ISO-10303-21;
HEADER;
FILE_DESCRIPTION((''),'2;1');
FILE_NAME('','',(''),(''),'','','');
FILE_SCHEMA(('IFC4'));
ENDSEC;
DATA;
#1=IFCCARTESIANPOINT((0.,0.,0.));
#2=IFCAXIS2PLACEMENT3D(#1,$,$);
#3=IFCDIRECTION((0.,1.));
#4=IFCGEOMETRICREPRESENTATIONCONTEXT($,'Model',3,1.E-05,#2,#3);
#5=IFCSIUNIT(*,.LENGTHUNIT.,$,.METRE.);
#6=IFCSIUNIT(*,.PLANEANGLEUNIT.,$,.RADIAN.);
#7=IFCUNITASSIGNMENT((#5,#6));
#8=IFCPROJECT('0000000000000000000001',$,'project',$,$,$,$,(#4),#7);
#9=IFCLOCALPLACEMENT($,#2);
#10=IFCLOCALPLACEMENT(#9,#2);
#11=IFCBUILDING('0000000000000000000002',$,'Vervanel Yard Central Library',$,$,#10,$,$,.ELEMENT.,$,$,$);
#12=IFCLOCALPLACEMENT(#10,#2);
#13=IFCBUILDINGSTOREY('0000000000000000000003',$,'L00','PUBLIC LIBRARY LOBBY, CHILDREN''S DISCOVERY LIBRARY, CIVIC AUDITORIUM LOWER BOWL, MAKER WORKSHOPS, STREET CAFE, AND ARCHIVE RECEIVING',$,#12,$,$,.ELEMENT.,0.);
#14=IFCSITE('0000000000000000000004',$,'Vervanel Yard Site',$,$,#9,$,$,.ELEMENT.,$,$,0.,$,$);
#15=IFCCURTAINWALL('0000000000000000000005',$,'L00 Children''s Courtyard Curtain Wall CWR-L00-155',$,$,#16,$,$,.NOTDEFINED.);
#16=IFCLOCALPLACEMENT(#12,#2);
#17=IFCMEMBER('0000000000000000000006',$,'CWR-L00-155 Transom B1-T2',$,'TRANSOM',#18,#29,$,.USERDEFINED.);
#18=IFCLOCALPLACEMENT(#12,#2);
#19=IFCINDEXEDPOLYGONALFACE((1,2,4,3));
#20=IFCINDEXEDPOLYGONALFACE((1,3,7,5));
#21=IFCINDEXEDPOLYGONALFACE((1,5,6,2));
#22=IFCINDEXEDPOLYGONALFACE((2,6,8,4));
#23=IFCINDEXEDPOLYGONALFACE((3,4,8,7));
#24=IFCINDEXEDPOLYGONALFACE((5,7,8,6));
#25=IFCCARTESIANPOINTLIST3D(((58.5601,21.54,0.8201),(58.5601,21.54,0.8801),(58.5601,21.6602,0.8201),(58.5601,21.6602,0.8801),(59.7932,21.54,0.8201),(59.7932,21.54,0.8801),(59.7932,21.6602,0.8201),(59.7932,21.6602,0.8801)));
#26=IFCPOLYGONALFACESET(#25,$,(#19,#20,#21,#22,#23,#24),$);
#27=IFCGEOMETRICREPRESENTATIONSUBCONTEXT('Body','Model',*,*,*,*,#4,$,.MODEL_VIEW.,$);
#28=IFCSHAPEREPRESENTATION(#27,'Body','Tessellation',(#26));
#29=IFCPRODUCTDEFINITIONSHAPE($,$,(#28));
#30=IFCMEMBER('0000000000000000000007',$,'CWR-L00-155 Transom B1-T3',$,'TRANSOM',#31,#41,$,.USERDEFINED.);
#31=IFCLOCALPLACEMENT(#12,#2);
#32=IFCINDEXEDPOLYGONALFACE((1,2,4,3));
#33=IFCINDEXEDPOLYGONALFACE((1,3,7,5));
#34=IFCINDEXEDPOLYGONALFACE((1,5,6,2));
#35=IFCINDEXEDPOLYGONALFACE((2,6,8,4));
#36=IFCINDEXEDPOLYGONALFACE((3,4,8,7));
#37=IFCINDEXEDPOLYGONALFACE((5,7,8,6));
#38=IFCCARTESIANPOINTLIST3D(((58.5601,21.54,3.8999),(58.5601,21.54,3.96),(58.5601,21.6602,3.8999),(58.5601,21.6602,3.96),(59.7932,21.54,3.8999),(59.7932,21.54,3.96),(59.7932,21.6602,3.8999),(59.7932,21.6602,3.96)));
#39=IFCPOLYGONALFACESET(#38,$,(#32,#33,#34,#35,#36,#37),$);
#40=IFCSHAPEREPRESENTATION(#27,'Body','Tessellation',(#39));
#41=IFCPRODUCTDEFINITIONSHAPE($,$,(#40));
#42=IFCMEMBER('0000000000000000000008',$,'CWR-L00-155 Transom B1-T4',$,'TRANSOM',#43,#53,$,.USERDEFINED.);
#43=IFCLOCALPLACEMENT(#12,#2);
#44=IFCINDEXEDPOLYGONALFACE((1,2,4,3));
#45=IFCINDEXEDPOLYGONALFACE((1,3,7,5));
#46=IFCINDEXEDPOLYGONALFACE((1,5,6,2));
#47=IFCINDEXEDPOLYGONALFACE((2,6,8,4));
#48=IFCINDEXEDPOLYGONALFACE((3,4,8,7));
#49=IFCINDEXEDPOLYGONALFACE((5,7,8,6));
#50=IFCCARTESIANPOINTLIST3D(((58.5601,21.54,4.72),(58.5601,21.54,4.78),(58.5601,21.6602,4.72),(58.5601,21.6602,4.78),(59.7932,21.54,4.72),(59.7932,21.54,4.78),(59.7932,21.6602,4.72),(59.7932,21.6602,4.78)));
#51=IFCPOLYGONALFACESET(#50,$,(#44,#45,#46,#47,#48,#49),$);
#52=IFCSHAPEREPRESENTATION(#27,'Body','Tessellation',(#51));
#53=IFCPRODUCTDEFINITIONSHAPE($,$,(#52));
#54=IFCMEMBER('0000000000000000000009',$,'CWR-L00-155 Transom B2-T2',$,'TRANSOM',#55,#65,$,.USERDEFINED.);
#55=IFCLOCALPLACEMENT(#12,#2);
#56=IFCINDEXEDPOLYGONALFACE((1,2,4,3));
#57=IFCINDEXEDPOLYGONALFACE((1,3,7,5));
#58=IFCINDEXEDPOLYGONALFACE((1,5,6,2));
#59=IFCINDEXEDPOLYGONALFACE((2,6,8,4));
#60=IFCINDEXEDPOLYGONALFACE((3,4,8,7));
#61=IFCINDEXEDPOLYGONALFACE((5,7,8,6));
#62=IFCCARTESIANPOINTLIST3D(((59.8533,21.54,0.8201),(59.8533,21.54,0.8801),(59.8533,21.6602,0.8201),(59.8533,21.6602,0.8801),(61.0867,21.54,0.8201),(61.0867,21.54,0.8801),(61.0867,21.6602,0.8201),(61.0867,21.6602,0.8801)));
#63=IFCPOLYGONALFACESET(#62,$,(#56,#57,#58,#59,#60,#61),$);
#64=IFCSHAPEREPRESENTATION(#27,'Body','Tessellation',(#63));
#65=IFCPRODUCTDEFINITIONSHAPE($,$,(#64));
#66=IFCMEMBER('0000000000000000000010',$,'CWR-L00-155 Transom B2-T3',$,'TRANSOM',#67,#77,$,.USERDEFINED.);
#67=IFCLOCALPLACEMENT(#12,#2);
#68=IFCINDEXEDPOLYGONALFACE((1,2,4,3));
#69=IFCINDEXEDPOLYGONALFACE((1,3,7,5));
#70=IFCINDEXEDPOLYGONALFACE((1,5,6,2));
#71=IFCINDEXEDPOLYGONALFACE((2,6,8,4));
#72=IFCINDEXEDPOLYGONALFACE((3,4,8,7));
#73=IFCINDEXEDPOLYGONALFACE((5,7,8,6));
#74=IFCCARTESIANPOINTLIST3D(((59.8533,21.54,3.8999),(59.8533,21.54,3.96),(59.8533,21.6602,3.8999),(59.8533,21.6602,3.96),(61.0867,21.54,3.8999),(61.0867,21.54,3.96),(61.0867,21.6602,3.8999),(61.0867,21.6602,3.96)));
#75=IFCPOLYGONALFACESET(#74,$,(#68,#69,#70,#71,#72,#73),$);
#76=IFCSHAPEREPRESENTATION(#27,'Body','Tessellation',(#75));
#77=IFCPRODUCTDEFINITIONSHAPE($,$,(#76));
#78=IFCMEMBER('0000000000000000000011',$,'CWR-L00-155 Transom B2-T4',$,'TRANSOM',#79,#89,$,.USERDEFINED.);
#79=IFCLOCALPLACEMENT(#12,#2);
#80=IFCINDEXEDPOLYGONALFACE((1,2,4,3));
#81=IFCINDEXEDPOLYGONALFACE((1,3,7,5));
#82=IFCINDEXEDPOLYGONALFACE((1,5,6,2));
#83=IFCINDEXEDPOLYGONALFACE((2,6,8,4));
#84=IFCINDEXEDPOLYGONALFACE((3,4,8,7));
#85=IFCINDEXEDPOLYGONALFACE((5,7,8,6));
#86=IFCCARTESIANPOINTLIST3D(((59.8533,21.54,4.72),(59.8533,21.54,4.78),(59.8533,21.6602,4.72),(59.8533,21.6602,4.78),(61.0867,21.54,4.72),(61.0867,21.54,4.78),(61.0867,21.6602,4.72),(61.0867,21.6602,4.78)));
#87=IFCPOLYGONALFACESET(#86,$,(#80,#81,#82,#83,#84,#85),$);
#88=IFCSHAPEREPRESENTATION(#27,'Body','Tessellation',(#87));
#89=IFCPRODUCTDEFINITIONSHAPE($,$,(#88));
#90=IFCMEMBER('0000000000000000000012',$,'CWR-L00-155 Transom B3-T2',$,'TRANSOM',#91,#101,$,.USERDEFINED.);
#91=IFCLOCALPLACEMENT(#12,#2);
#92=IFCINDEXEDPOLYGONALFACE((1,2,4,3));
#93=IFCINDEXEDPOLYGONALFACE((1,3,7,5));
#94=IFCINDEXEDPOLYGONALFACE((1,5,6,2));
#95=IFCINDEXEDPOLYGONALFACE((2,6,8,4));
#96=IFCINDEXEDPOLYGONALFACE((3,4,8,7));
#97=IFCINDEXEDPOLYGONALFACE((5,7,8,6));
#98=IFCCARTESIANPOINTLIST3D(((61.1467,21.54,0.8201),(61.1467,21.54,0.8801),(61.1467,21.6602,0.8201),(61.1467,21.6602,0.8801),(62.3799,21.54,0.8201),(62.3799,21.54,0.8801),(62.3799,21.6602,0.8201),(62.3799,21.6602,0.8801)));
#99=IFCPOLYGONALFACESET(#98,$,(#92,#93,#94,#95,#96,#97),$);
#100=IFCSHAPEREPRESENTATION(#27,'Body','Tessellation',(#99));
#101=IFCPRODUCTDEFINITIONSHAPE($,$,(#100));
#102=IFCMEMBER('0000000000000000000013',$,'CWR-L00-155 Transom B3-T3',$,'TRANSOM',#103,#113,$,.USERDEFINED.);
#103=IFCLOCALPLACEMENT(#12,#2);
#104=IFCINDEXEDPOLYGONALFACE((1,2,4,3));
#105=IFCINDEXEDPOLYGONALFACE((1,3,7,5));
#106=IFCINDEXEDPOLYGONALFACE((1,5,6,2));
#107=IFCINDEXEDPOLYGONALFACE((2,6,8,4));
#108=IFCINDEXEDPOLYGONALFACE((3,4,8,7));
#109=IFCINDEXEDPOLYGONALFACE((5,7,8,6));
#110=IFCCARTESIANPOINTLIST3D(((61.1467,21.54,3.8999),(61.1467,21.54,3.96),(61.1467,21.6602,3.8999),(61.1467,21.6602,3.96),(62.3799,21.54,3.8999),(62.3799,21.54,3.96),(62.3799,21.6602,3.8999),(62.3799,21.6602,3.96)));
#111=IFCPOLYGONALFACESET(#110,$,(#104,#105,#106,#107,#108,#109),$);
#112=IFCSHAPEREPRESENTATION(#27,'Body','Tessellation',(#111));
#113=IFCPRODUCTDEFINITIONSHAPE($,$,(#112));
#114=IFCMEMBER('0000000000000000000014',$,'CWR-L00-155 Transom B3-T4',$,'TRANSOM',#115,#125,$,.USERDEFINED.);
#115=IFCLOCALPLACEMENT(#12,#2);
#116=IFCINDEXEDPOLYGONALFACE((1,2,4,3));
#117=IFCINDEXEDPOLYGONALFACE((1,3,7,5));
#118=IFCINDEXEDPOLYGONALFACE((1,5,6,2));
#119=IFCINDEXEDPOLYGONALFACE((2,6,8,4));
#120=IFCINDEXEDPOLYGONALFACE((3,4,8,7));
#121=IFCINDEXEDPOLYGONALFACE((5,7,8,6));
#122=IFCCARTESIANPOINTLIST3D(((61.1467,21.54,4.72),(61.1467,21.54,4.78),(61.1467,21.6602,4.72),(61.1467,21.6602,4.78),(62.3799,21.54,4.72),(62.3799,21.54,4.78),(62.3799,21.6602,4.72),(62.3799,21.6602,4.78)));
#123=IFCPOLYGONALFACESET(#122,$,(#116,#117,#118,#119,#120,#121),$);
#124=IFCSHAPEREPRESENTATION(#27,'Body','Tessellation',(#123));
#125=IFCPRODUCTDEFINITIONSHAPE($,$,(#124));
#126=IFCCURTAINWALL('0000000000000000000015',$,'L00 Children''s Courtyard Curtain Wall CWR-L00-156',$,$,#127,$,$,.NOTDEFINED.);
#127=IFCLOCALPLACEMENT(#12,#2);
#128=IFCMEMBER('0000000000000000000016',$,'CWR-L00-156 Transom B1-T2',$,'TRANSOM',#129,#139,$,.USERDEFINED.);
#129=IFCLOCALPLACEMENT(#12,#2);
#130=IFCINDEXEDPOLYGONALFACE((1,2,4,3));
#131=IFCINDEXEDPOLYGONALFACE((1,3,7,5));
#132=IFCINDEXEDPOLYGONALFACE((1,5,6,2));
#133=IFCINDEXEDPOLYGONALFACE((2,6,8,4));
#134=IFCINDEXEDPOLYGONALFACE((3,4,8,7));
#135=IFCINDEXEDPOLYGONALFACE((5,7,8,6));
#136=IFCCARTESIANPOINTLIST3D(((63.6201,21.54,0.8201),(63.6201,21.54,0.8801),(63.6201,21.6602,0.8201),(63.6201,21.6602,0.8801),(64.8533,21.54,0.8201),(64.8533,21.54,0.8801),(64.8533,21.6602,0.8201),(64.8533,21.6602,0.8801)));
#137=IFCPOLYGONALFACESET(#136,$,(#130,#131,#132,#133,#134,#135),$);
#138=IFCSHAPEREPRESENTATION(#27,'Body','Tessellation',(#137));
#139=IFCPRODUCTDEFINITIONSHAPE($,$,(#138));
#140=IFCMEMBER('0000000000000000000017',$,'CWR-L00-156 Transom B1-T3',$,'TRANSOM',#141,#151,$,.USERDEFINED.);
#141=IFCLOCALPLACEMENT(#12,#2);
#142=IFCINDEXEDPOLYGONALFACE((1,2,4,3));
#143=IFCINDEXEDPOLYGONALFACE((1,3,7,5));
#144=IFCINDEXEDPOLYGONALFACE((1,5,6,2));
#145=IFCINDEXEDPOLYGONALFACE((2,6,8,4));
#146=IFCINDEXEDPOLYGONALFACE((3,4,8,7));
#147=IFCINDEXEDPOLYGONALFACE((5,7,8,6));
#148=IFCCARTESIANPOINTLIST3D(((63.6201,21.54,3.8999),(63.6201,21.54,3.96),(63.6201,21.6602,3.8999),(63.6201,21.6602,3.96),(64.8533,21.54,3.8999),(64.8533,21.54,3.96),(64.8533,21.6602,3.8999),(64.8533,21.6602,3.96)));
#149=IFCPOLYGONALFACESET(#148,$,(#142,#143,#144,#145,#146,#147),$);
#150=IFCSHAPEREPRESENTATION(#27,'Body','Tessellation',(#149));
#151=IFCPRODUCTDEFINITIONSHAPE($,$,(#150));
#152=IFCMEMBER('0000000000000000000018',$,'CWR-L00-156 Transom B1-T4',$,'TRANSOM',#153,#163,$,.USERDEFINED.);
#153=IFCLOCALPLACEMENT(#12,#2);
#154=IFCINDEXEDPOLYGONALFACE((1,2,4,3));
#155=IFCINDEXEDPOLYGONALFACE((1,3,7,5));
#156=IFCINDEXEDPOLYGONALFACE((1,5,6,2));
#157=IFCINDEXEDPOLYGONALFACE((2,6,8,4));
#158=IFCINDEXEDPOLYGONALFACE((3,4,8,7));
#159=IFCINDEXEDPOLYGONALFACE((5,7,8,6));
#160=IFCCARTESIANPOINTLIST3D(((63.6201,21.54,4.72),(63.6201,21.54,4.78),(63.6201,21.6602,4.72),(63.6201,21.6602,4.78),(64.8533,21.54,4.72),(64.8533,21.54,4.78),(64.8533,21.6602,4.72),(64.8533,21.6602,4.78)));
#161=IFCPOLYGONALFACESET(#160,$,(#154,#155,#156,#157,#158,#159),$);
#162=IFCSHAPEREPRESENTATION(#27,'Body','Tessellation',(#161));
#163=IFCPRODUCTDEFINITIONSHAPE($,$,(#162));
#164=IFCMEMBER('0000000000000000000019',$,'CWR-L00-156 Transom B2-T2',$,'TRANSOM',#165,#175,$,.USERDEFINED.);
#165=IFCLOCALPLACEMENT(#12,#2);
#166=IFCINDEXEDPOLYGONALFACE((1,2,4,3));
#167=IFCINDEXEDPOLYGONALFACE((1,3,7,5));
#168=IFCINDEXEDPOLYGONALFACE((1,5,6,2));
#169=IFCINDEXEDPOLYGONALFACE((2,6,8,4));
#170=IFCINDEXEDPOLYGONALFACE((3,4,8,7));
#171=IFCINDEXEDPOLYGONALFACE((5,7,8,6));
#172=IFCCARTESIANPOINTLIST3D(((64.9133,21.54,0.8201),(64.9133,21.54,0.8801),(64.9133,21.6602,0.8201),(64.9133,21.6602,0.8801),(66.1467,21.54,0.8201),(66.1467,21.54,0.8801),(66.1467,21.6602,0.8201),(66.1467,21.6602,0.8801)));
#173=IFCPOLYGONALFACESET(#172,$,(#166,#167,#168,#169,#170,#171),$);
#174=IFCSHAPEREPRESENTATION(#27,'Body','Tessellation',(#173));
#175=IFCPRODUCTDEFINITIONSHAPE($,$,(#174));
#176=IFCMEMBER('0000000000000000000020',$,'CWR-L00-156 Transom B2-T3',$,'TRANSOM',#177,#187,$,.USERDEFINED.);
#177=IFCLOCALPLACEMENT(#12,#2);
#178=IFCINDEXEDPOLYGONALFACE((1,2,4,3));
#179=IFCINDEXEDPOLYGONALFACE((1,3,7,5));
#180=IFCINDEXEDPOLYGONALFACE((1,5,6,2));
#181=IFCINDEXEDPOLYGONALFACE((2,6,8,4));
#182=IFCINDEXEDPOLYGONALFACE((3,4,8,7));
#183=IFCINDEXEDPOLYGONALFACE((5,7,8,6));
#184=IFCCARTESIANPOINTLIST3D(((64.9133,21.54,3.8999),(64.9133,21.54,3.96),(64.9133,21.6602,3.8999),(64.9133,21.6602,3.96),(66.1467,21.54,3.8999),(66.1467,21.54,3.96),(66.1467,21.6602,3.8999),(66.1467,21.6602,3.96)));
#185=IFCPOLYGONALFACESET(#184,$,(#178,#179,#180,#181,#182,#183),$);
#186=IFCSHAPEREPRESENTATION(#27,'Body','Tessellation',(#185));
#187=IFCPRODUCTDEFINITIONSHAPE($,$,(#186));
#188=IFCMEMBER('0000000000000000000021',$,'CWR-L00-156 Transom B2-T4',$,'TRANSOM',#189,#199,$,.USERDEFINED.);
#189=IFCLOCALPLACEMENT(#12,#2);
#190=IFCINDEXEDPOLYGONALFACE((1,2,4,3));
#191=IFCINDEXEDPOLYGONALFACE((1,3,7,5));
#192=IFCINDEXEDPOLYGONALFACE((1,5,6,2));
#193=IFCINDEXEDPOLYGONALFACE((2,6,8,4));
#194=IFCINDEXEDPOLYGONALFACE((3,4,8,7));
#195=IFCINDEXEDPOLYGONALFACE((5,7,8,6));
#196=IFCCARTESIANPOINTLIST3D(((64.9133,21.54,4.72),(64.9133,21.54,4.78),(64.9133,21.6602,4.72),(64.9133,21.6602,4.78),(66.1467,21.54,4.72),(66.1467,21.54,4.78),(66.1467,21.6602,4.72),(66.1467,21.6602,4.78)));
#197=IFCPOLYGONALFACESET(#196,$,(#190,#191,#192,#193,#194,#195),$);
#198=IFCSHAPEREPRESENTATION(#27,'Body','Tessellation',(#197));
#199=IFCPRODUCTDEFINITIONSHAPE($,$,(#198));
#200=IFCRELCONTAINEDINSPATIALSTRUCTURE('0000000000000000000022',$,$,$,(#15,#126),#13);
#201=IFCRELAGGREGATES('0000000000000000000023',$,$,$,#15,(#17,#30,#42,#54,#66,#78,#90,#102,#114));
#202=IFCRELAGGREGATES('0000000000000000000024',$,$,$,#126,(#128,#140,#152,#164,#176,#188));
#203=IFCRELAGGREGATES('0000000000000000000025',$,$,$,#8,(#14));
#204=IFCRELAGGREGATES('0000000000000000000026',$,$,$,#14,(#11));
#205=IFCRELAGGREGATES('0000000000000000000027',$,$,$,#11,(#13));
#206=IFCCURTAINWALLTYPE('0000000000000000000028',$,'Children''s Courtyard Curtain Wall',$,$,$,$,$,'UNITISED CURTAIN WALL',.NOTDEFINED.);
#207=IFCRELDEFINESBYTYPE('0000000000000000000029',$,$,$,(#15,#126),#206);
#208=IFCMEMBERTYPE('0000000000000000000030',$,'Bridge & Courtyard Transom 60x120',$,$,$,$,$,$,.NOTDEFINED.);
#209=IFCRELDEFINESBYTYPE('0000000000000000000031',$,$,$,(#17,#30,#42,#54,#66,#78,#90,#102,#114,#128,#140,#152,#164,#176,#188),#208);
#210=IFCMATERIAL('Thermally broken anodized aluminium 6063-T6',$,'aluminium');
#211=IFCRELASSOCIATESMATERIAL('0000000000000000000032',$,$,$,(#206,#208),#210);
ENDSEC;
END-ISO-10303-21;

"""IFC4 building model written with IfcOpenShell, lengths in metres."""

from ifc_helpers import new_model, si_unit, direction, frame, origin, origin_2d, place, context, subcontext, project, spatial, rectangle, extrude, material, material_profile, profile_set, type_object, element, aggregate, save


model = new_model("IFC4")

# Units and contexts
model_context = context("Model", 3, precision=1e-05, world=origin(), true_north=direction((0.0, 1.0)))
body_context = subcontext(model_context, "Body", "Model", "MODEL_VIEW")
ifc_project = project(units=[si_unit("LENGTHUNIT", "METRE"), si_unit("PLANEANGLEUNIT", "RADIAN")], contexts=[model_context])

# Site, building, storey
site_placement = place(None, origin())
site = spatial("IfcSite", under=ifc_project, at=site_placement, Name="Vervanel Yard Site", CompositionType="ELEMENT", RefElevation=0.0)
building_placement = place(site_placement, origin())
building = spatial("IfcBuilding", under=site, at=building_placement, Name="Vervanel Yard Central Library", CompositionType="ELEMENT")
storey_placement = place(building_placement, origin())
storey = spatial("IfcBuildingStorey", under=building, at=storey_placement, Name="L00", Description="PUBLIC LIBRARY LOBBY, CHILDREN'S DISCOVERY LIBRARY, CIVIC AUDITORIUM LOWER BOWL, MAKER WORKSHOPS, STREET CAFE, AND ARCHIVE RECEIVING", CompositionType="ELEMENT", Elevation=0.0)

# Curtain walls, members
ifc_material_1 = material(Name="Thermally broken anodized aluminium 6063-T6", Category="aluminium")
curtain_wall_type = type_object("IfcCurtainWallType", Name="Children's Courtyard Curtain Wall", ElementType="UNITISED CURTAIN WALL", PredefinedType="NOTDEFINED", material=ifc_material_1)
curtain_wall_1_placement = place(storey_placement, origin())
curtain_wall_1 = element("IfcCurtainWall", 1, at=curtain_wall_1_placement, inside=storey, type_object=curtain_wall_type, Name="L00 Children's Courtyard Curtain Wall CWR-L00-155", PredefinedType="NOTDEFINED")
ifc_material_profile = material_profile(ifc_material_1, rectangle(XDim=0.0601, YDim=0.1201, at=origin_2d()), Name="ALU 60x120", Category="aluminium")
ifc_profile_set = profile_set([ifc_material_profile], Name="Thermally broken anodized aluminium 6063-T6")
member_type = type_object("IfcMemberType", Name="Bridge & Courtyard Transom 60x120", PredefinedType="NOTDEFINED", material=ifc_profile_set)
member_1_placement = place(storey_placement, frame((58.5601, 21.6001, 0.8501), z_axis=(1.0, 0.0, 0.0), x_axis=(0.0, 0.0, 1.0)))
member_1 = element("IfcMember", 2, at=member_1_placement, type_object=member_type, Name="CWR-L00-155 Transom B1-T2", ObjectType="TRANSOM", PredefinedType="USERDEFINED", context=body_context, shape_type="SweptSolid", body=[
    extrude(rectangle(XDim=0.0601, YDim=0.1201, at=origin_2d()), origin(), (0.0, 0.0, 1.0), 1.2332),
])
member_2_placement = place(storey_placement, frame((58.5601, 21.6001, 3.9299), z_axis=(1.0, 0.0, 0.0), x_axis=(0.0, 0.0, 1.0)))
member_2 = element("IfcMember", 3, at=member_2_placement, type_object=member_type, Name="CWR-L00-155 Transom B1-T3", ObjectType="TRANSOM", PredefinedType="USERDEFINED", context=body_context, shape_type="SweptSolid", body=[
    extrude(rectangle(XDim=0.0601, YDim=0.1201, at=origin_2d()), origin(), (0.0, 0.0, 1.0), 1.2332),
])
member_3_placement = place(storey_placement, frame((58.5601, 21.6001, 4.75), z_axis=(1.0, 0.0, 0.0), x_axis=(0.0, 0.0, 1.0)))
member_3 = element("IfcMember", 4, at=member_3_placement, type_object=member_type, Name="CWR-L00-155 Transom B1-T4", ObjectType="TRANSOM", PredefinedType="USERDEFINED", context=body_context, shape_type="SweptSolid", body=[
    extrude(rectangle(XDim=0.0601, YDim=0.1201, at=origin_2d()), origin(), (0.0, 0.0, 1.0), 1.2332),
])
member_4_placement = place(storey_placement, frame((59.8533, 21.6001, 0.8501), z_axis=(1.0, 0.0, 0.0), x_axis=(0.0, 0.0, 1.0)))
member_4 = element("IfcMember", 5, at=member_4_placement, type_object=member_type, Name="CWR-L00-155 Transom B2-T2", ObjectType="TRANSOM", PredefinedType="USERDEFINED", context=body_context, shape_type="SweptSolid", body=[
    extrude(rectangle(XDim=0.0601, YDim=0.1201, at=origin_2d()), origin(), (0.0, 0.0, 1.0), 1.2334),
])
member_5_placement = place(storey_placement, frame((59.8533, 21.6001, 3.9299), z_axis=(1.0, 0.0, 0.0), x_axis=(0.0, 0.0, 1.0)))
member_5 = element("IfcMember", 6, at=member_5_placement, type_object=member_type, Name="CWR-L00-155 Transom B2-T3", ObjectType="TRANSOM", PredefinedType="USERDEFINED", context=body_context, shape_type="SweptSolid", body=[
    extrude(rectangle(XDim=0.0601, YDim=0.1201, at=origin_2d()), origin(), (0.0, 0.0, 1.0), 1.2334),
])
member_6_placement = place(storey_placement, frame((59.8533, 21.6001, 4.75), z_axis=(1.0, 0.0, 0.0), x_axis=(0.0, 0.0, 1.0)))
member_6 = element("IfcMember", 7, at=member_6_placement, type_object=member_type, Name="CWR-L00-155 Transom B2-T4", ObjectType="TRANSOM", PredefinedType="USERDEFINED", context=body_context, shape_type="SweptSolid", body=[
    extrude(rectangle(XDim=0.0601, YDim=0.1201, at=origin_2d()), origin(), (0.0, 0.0, 1.0), 1.2334),
])
member_7_placement = place(storey_placement, frame((61.1467, 21.6001, 0.8501), z_axis=(1.0, 0.0, 0.0), x_axis=(0.0, 0.0, 1.0)))
member_7 = element("IfcMember", 8, at=member_7_placement, type_object=member_type, Name="CWR-L00-155 Transom B3-T2", ObjectType="TRANSOM", PredefinedType="USERDEFINED", context=body_context, shape_type="SweptSolid", body=[
    extrude(rectangle(XDim=0.0601, YDim=0.1201, at=origin_2d()), origin(), (0.0, 0.0, 1.0), 1.2332),
])
member_8_placement = place(storey_placement, frame((61.1467, 21.6001, 3.9299), z_axis=(1.0, 0.0, 0.0), x_axis=(0.0, 0.0, 1.0)))
member_8 = element("IfcMember", 9, at=member_8_placement, type_object=member_type, Name="CWR-L00-155 Transom B3-T3", ObjectType="TRANSOM", PredefinedType="USERDEFINED", context=body_context, shape_type="SweptSolid", body=[
    extrude(rectangle(XDim=0.0601, YDim=0.1201, at=origin_2d()), origin(), (0.0, 0.0, 1.0), 1.2332),
])
member_9_placement = place(storey_placement, frame((61.1467, 21.6001, 4.75), z_axis=(1.0, 0.0, 0.0), x_axis=(0.0, 0.0, 1.0)))
member_9 = element("IfcMember", 10, at=member_9_placement, type_object=member_type, Name="CWR-L00-155 Transom B3-T4", ObjectType="TRANSOM", PredefinedType="USERDEFINED", context=body_context, shape_type="SweptSolid", body=[
    extrude(rectangle(XDim=0.0601, YDim=0.1201, at=origin_2d()), origin(), (0.0, 0.0, 1.0), 1.2332),
])
curtain_wall_2_placement = place(storey_placement, origin())
curtain_wall_2 = element("IfcCurtainWall", 11, at=curtain_wall_2_placement, inside=storey, type_object=curtain_wall_type, Name="L00 Children's Courtyard Curtain Wall CWR-L00-156", PredefinedType="NOTDEFINED")
member_10_placement = place(storey_placement, frame((63.6201, 21.6001, 0.8501), z_axis=(1.0, 0.0, 0.0), x_axis=(0.0, 0.0, 1.0)))
member_10 = element("IfcMember", 12, at=member_10_placement, type_object=member_type, Name="CWR-L00-156 Transom B1-T2", ObjectType="TRANSOM", PredefinedType="USERDEFINED", context=body_context, shape_type="SweptSolid", body=[
    extrude(rectangle(XDim=0.0601, YDim=0.1201, at=origin_2d()), origin(), (0.0, 0.0, 1.0), 1.2332),
])
member_11_placement = place(storey_placement, frame((63.6201, 21.6001, 3.9299), z_axis=(1.0, 0.0, 0.0), x_axis=(0.0, 0.0, 1.0)))
member_11 = element("IfcMember", 13, at=member_11_placement, type_object=member_type, Name="CWR-L00-156 Transom B1-T3", ObjectType="TRANSOM", PredefinedType="USERDEFINED", context=body_context, shape_type="SweptSolid", body=[
    extrude(rectangle(XDim=0.0601, YDim=0.1201, at=origin_2d()), origin(), (0.0, 0.0, 1.0), 1.2332),
])
member_12_placement = place(storey_placement, frame((63.6201, 21.6001, 4.75), z_axis=(1.0, 0.0, 0.0), x_axis=(0.0, 0.0, 1.0)))
member_12 = element("IfcMember", 14, at=member_12_placement, type_object=member_type, Name="CWR-L00-156 Transom B1-T4", ObjectType="TRANSOM", PredefinedType="USERDEFINED", context=body_context, shape_type="SweptSolid", body=[
    extrude(rectangle(XDim=0.0601, YDim=0.1201, at=origin_2d()), origin(), (0.0, 0.0, 1.0), 1.2332),
])
member_13_placement = place(storey_placement, frame((64.9133, 21.6001, 0.8501), z_axis=(1.0, 0.0, 0.0), x_axis=(0.0, 0.0, 1.0)))
member_13 = element("IfcMember", 15, at=member_13_placement, type_object=member_type, Name="CWR-L00-156 Transom B2-T2", ObjectType="TRANSOM", PredefinedType="USERDEFINED", context=body_context, shape_type="SweptSolid", body=[
    extrude(rectangle(XDim=0.0601, YDim=0.1201, at=origin_2d()), origin(), (0.0, 0.0, 1.0), 1.2334),
])
member_14_placement = place(storey_placement, frame((64.9133, 21.6001, 3.9299), z_axis=(1.0, 0.0, 0.0), x_axis=(0.0, 0.0, 1.0)))
member_14 = element("IfcMember", 16, at=member_14_placement, type_object=member_type, Name="CWR-L00-156 Transom B2-T3", ObjectType="TRANSOM", PredefinedType="USERDEFINED", context=body_context, shape_type="SweptSolid", body=[
    extrude(rectangle(XDim=0.0601, YDim=0.1201, at=origin_2d()), origin(), (0.0, 0.0, 1.0), 1.2334),
])
member_15_placement = place(storey_placement, frame((64.9133, 21.6001, 4.75), z_axis=(1.0, 0.0, 0.0), x_axis=(0.0, 0.0, 1.0)))
member_15 = element("IfcMember", 17, at=member_15_placement, type_object=member_type, Name="CWR-L00-156 Transom B2-T4", ObjectType="TRANSOM", PredefinedType="USERDEFINED", context=body_context, shape_type="SweptSolid", body=[
    extrude(rectangle(XDim=0.0601, YDim=0.1201, at=origin_2d()), origin(), (0.0, 0.0, 1.0), 1.2334),
])

aggregate(curtain_wall_1, [member_1, member_2, member_3, member_4, member_5, member_6, member_7, member_8, member_9])
aggregate(curtain_wall_2, [member_10, member_11, member_12, member_13, member_14, member_15])

save(model, "model.ifc")
